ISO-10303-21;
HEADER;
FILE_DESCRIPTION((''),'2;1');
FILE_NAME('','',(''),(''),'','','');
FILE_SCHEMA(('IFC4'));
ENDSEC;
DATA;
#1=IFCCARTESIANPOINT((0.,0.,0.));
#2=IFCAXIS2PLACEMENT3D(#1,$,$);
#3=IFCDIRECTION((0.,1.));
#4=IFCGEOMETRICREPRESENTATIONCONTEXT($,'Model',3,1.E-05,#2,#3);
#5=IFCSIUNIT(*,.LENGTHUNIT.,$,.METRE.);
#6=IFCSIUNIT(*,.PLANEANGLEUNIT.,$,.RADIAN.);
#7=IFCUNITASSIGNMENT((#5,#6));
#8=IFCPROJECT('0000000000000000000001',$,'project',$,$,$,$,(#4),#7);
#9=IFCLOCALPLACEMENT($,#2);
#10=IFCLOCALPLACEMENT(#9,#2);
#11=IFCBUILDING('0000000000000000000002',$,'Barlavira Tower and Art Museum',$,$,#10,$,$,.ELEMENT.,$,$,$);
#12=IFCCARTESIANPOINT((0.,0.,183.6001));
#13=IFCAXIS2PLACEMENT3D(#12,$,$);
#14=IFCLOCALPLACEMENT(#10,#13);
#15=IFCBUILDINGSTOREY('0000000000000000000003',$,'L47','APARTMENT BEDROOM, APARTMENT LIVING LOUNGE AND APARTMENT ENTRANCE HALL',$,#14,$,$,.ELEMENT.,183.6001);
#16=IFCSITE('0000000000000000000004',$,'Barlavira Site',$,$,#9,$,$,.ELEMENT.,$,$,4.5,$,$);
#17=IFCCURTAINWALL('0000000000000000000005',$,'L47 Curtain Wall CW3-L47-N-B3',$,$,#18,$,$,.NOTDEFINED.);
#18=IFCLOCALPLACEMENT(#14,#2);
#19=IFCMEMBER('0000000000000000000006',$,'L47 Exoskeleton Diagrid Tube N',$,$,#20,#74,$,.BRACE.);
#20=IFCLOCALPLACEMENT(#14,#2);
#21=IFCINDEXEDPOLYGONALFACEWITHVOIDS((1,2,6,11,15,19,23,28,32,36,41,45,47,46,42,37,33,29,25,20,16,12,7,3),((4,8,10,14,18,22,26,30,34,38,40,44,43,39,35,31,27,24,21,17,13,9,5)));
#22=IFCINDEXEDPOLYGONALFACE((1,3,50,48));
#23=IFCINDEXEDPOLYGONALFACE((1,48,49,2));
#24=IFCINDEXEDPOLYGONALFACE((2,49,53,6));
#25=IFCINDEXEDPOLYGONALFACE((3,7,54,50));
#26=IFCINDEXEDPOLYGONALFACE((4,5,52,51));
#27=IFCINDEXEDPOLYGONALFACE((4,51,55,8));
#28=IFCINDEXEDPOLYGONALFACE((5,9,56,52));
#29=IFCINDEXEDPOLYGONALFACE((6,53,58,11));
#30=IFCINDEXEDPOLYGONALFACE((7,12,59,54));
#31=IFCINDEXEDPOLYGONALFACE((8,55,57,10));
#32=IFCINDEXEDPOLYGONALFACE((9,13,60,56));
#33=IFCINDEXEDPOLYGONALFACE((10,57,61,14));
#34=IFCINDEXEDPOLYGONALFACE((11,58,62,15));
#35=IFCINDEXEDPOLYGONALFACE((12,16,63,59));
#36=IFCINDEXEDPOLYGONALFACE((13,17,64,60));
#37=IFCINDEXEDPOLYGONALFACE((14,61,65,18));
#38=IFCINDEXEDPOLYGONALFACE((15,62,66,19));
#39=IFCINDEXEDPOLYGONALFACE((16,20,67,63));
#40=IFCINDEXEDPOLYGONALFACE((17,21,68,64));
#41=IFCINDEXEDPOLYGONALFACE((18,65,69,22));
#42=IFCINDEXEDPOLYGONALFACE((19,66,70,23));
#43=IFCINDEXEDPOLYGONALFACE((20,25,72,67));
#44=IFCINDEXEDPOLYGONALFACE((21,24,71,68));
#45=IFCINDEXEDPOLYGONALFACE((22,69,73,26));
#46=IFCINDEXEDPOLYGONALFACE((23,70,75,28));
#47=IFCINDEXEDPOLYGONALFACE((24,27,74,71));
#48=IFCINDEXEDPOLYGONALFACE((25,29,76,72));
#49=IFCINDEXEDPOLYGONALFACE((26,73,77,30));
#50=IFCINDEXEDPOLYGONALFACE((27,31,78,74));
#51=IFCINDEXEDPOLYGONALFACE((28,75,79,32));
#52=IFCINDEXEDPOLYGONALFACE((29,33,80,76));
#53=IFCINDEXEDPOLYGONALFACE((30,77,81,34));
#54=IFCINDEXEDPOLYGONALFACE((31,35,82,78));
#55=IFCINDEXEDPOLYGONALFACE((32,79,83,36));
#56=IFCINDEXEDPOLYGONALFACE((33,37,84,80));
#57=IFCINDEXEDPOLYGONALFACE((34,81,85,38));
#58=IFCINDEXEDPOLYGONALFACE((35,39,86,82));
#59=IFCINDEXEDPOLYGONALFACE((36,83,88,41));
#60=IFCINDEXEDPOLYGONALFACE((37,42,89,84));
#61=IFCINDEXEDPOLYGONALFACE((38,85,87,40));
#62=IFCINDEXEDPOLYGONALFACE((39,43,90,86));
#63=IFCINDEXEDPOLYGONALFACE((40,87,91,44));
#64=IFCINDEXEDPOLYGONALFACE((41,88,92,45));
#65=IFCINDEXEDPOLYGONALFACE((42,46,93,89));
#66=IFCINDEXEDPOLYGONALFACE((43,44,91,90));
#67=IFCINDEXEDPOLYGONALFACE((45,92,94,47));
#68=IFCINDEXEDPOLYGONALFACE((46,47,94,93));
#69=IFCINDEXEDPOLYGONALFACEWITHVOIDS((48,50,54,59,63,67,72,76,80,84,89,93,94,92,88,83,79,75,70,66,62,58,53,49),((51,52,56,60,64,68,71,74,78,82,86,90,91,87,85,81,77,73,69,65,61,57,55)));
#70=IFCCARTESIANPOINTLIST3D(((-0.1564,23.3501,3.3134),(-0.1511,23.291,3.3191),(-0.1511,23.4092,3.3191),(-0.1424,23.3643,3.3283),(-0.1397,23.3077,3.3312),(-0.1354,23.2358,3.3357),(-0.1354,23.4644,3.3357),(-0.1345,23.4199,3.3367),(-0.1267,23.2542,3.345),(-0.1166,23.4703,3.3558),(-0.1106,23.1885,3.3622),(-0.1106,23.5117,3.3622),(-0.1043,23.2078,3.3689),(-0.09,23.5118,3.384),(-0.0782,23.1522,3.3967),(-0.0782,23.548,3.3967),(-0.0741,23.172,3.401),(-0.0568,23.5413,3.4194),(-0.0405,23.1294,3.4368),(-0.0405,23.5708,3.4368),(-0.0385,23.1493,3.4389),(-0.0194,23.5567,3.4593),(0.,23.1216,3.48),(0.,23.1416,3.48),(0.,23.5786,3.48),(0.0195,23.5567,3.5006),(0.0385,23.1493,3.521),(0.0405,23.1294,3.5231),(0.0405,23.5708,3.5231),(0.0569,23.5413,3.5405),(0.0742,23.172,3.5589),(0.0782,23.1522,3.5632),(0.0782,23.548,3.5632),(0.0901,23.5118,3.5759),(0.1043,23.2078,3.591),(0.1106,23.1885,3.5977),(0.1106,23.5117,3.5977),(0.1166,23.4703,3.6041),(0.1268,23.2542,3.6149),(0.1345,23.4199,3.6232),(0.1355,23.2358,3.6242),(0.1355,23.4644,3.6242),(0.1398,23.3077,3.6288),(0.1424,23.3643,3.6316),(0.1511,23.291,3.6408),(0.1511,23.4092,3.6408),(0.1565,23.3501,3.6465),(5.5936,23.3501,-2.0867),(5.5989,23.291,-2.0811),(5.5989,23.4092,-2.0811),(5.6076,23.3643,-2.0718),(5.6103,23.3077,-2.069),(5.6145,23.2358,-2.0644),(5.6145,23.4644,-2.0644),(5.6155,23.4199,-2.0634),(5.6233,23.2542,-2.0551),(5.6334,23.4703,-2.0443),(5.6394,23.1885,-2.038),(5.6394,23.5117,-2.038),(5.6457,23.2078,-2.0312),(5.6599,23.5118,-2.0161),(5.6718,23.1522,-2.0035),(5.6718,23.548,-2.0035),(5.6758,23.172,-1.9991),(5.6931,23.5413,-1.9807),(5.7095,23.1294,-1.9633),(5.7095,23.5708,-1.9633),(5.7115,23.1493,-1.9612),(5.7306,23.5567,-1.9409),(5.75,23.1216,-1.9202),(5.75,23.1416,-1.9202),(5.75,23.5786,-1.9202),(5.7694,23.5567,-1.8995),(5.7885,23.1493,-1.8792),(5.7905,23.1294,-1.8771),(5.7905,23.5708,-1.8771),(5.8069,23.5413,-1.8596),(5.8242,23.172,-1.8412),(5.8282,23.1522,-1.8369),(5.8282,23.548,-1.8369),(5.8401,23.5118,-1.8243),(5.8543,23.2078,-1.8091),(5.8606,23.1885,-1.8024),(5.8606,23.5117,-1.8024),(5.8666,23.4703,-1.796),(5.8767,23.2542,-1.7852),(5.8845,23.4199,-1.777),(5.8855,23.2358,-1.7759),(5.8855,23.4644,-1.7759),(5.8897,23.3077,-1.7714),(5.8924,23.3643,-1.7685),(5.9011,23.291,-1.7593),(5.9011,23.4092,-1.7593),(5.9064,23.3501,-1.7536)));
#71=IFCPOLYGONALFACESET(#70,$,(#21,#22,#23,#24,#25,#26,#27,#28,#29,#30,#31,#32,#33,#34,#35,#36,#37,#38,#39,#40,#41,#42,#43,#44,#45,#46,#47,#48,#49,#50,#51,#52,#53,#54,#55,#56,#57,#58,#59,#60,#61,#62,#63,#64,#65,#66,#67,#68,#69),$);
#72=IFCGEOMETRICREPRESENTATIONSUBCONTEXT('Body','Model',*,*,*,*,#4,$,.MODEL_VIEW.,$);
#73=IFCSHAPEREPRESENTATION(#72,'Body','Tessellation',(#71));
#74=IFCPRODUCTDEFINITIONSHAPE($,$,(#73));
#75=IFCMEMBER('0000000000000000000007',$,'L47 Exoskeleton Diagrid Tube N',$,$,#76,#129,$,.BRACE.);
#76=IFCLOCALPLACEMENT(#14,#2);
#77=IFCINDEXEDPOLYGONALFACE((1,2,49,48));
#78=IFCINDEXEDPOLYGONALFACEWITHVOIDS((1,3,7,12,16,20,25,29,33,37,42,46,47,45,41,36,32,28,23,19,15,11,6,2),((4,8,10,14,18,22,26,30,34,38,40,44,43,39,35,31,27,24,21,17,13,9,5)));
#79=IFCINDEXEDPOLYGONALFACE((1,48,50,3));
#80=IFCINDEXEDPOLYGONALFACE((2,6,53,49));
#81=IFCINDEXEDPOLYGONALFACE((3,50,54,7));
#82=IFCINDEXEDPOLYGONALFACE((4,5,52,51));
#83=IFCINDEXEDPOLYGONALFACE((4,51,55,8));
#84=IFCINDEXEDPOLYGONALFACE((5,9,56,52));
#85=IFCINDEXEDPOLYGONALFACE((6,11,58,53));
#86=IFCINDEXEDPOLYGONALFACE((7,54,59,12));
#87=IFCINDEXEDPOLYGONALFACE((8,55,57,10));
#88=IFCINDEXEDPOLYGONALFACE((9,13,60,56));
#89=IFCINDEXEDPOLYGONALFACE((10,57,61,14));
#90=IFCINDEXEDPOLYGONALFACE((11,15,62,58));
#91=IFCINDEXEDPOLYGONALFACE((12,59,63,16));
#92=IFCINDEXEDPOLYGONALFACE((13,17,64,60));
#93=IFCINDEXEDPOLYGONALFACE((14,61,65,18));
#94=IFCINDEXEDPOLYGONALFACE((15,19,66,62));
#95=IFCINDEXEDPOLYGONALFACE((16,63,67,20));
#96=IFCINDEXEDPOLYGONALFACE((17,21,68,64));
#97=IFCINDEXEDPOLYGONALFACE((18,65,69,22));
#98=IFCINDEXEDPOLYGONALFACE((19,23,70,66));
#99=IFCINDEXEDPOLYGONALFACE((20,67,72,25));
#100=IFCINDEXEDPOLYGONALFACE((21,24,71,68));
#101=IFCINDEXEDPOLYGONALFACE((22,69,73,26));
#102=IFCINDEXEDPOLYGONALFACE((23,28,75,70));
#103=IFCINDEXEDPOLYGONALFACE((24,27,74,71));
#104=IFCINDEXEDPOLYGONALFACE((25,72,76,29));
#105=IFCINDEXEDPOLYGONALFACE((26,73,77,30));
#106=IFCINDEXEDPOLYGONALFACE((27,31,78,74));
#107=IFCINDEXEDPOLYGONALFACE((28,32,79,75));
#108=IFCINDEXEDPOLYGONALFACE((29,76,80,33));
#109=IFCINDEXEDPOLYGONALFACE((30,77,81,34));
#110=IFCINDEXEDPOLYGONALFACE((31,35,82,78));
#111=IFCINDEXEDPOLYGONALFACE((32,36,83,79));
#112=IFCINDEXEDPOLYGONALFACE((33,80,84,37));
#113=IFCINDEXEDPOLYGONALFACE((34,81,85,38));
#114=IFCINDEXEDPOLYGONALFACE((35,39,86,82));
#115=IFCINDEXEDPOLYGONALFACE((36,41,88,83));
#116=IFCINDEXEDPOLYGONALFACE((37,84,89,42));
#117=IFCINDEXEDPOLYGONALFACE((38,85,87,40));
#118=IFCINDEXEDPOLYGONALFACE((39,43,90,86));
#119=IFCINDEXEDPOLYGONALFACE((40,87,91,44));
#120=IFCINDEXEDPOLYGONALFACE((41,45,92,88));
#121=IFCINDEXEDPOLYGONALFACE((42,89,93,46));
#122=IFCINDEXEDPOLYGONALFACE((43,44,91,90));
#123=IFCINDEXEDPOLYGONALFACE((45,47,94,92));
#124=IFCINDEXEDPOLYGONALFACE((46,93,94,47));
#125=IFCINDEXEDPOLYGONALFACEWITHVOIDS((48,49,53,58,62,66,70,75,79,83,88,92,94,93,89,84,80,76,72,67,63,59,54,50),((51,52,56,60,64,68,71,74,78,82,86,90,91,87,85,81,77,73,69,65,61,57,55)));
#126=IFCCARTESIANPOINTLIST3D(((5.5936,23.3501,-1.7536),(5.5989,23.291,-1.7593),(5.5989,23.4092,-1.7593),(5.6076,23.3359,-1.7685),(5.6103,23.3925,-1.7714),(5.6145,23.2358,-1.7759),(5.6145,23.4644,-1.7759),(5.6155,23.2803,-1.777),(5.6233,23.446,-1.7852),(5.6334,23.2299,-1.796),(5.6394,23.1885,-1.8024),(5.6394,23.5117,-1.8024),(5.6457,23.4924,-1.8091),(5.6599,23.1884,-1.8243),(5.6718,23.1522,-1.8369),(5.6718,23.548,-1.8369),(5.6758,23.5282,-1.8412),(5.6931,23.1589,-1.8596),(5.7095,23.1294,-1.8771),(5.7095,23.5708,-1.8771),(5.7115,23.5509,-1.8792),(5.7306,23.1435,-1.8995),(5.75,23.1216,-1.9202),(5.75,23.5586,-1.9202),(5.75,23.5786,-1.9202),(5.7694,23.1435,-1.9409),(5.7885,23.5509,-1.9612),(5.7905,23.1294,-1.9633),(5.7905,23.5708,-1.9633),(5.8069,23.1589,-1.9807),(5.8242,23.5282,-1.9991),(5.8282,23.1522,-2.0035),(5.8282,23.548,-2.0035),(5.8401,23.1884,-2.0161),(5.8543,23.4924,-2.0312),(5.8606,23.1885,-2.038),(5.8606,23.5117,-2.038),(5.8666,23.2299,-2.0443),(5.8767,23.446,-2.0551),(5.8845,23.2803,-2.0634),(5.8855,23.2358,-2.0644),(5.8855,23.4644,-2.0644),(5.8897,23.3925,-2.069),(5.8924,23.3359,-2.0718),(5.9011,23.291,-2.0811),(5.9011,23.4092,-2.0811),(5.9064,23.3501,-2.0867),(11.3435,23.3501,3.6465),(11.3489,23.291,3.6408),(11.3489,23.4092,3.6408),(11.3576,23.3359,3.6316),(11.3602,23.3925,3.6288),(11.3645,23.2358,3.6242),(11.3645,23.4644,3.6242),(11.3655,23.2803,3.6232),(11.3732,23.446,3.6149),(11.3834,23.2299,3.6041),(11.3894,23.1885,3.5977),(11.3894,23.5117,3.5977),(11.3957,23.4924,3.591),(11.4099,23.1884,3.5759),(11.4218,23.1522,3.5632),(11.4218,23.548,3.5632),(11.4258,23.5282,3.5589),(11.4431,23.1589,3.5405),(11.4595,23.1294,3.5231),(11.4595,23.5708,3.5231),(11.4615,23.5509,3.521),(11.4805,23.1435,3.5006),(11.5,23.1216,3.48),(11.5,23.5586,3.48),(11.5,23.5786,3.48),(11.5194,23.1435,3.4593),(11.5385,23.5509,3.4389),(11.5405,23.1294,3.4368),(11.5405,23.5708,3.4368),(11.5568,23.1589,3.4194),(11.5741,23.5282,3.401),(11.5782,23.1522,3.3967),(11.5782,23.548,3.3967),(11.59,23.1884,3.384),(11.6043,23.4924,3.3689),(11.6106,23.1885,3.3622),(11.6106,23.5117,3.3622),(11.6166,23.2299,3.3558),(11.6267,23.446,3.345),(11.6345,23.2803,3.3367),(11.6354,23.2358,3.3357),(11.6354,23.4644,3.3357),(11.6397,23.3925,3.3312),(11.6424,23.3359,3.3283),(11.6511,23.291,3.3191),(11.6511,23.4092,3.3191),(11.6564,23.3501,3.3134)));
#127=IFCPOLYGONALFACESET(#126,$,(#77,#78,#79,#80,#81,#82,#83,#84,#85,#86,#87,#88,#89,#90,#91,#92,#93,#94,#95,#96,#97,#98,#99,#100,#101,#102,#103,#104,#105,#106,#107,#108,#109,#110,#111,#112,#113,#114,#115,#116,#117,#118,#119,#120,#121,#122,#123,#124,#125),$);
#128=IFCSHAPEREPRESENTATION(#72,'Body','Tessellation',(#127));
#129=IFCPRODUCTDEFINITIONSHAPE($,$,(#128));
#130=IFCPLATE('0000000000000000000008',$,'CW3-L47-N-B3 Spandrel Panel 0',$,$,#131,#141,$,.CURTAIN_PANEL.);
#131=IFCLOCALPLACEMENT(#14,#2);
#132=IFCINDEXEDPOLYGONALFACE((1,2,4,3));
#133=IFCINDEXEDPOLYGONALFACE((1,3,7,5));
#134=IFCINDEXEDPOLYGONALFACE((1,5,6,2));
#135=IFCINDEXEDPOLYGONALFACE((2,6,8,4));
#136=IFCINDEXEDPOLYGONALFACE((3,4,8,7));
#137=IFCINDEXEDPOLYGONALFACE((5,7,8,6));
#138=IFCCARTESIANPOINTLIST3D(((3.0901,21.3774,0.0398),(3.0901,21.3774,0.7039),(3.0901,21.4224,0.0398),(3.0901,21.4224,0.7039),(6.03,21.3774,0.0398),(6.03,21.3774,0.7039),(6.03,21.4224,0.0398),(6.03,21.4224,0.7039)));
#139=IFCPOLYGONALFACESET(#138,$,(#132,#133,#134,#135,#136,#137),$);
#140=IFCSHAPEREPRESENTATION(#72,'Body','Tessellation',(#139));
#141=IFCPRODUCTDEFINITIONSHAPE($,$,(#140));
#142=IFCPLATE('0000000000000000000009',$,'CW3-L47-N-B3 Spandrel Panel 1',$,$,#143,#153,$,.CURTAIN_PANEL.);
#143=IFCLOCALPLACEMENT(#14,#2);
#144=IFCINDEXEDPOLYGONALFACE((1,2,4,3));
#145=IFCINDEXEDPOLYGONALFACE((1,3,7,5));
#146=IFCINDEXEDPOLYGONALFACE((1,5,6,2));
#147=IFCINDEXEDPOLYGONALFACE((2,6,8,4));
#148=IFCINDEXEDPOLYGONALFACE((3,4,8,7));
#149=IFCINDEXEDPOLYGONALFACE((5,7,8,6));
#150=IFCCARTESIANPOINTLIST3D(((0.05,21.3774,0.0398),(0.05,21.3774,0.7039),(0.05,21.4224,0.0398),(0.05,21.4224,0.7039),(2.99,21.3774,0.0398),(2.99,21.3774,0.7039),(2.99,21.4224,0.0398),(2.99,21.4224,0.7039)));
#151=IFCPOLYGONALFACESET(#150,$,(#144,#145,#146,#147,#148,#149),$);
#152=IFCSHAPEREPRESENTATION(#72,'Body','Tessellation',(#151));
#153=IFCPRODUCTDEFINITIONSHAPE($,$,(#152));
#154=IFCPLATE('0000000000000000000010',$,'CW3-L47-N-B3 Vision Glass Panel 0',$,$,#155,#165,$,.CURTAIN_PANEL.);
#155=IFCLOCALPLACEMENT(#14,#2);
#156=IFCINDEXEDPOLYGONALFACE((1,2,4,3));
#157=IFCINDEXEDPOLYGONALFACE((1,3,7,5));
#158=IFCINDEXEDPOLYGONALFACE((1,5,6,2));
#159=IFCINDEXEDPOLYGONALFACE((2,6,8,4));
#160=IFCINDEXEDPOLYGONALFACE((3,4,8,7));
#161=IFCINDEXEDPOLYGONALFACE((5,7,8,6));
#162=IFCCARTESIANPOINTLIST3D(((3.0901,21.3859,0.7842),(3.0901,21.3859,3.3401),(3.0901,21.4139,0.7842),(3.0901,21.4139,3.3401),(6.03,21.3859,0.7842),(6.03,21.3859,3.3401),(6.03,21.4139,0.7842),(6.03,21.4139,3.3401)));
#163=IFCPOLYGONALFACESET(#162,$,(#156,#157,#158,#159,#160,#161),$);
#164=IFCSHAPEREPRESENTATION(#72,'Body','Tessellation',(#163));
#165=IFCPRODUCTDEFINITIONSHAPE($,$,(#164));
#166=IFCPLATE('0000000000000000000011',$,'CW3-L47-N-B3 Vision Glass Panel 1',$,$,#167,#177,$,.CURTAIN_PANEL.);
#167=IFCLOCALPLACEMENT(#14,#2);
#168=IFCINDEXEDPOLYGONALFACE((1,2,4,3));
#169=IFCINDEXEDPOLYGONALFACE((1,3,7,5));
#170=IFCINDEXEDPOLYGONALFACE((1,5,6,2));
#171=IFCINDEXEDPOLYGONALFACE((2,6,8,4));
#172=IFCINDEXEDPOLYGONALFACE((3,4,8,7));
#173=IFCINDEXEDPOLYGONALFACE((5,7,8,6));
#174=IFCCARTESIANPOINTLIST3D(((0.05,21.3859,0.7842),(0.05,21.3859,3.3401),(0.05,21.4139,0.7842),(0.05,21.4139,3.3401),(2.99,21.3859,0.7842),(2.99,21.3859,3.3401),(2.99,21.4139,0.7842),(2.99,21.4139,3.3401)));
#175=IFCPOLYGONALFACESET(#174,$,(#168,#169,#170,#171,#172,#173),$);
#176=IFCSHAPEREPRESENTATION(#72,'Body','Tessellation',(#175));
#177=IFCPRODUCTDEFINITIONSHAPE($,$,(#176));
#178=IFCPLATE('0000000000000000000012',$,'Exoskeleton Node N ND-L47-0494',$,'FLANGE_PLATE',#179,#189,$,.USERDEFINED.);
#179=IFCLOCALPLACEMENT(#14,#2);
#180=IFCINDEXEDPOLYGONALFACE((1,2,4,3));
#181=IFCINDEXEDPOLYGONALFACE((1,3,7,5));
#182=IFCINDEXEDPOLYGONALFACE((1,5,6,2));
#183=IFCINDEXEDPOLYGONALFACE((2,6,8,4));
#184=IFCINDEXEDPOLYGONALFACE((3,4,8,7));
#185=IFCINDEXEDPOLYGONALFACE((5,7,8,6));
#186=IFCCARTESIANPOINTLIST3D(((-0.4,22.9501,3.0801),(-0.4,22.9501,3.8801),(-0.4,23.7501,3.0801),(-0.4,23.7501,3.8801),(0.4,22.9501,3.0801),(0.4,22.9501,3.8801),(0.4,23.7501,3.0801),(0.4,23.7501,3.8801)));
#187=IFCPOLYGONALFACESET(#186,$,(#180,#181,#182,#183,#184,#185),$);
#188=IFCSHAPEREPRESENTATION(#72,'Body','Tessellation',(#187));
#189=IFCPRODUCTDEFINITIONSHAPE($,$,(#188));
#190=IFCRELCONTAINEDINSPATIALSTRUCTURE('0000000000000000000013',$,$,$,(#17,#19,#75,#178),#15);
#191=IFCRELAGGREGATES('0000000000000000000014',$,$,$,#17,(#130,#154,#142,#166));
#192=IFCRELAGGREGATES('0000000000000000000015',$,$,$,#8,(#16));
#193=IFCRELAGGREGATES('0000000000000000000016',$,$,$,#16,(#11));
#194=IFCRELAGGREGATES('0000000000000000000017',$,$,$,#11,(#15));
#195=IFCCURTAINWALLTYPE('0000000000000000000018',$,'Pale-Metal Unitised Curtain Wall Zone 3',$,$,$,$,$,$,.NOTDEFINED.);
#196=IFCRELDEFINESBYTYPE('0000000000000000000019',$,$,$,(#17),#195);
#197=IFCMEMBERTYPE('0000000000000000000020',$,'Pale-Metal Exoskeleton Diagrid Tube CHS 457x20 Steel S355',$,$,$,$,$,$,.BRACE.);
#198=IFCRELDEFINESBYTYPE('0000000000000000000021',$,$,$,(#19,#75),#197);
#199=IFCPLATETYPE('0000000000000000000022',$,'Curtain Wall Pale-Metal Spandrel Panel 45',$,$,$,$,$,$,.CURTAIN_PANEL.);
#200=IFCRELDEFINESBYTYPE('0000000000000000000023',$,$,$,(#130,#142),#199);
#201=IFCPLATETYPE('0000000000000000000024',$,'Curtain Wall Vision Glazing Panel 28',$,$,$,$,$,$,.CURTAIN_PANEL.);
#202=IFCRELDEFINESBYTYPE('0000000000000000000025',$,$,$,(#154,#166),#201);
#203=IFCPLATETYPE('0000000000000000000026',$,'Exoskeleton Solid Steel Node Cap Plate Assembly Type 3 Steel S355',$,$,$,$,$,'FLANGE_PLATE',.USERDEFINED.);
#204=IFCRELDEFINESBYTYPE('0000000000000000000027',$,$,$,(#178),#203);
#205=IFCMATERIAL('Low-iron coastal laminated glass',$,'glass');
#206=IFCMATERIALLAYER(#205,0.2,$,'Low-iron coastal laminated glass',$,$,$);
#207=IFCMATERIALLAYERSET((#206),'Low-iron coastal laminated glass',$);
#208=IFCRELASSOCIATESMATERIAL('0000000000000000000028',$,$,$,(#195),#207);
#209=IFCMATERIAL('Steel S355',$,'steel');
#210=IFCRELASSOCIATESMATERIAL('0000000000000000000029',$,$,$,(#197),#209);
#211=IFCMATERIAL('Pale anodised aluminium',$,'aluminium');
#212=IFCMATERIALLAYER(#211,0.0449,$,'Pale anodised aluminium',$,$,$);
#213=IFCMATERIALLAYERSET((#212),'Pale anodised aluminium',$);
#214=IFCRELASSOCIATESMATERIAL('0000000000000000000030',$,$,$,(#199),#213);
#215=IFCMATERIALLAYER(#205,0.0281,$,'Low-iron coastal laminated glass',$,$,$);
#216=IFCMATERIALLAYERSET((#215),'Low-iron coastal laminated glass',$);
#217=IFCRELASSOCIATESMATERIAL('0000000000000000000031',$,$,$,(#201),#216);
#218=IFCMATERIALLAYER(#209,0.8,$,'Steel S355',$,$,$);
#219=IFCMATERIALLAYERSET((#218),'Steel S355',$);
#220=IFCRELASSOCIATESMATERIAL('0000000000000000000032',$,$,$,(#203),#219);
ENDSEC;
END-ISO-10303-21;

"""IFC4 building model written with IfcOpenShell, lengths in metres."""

from ifc_helpers import new_model, si_unit, direction, frame, origin, origin_2d, place, context, subcontext, project, spatial, rectangle, hollow_circle, extrude, material, layer, layer_set, material_profile, profile_set, type_object, element, aggregate, save


model = new_model("IFC4")

# Units and contexts
model_context = context("Model", 3, precision=1e-05, world=origin(), true_north=direction((0.0, 1.0)))
body_context = subcontext(model_context, "Body", "Model", "MODEL_VIEW")
ifc_project = project(units=[si_unit("LENGTHUNIT", "METRE"), si_unit("PLANEANGLEUNIT", "RADIAN")], contexts=[model_context])

# Site, building, storey
site_placement = place(None, origin())
site = spatial("IfcSite", under=ifc_project, at=site_placement, Name="Barlavira Site", CompositionType="ELEMENT", RefElevation=4.5)
building_placement = place(site_placement, origin())
building = spatial("IfcBuilding", under=site, at=building_placement, Name="Barlavira Tower and Art Museum", CompositionType="ELEMENT")
storey_placement = place(building_placement, frame((0.0, 0.0, 183.6001)))
storey = spatial("IfcBuildingStorey", under=building, at=storey_placement, Name="L47", Description="APARTMENT BEDROOM, APARTMENT LIVING LOUNGE AND APARTMENT ENTRANCE HALL", CompositionType="ELEMENT", Elevation=183.6001)

# Curtain wall
ifc_material_1 = material(Name="Low-iron coastal laminated glass", Category="glass")
ifc_layer_1 = layer(ifc_material_1, 0.2, Name="Low-iron coastal laminated glass")
ifc_layer_set_1 = layer_set([ifc_layer_1], Name="Low-iron coastal laminated glass")
curtain_wall_type = type_object("IfcCurtainWallType", Name="Pale-Metal Unitised Curtain Wall Zone 3", PredefinedType="NOTDEFINED", material=ifc_layer_set_1)
curtain_wall_placement = place(storey_placement, origin())
curtain_wall = element("IfcCurtainWall", 1, at=curtain_wall_placement, inside=storey, type_object=curtain_wall_type, Name="L47 Curtain Wall CW3-L47-N-B3", PredefinedType="NOTDEFINED")
ifc_material_2 = material(Name="Pale anodised aluminium", Category="aluminium")

# Members
ifc_material_3 = material(Name="Steel S355", Category="steel")
ifc_material_profile_1 = material_profile(ifc_material_3, hollow_circle(Radius=0.2285, WallThickness=0.02, at=origin_2d()), Name="CHS 457.0x20.0")
ifc_profile_set_1 = profile_set([ifc_material_profile_1], Name="Steel S355")
member_type_1 = type_object("IfcMemberType", Name="Pale-Metal Exoskeleton Diagrid Tube CHS 457x20 Steel S355", PredefinedType="BRACE", material=ifc_profile_set_1)
for number, where, z_axis, x_axis, name in (
    (2, (5.75, 23.3501, -1.9202), (-0.728935, 0.0, 0.684583), (0.0, -1.0, 0.0), "L47 Exoskeleton Diagrid Tube N"),
    (3, (5.75, 23.3501, -1.9202), (0.728935, 0.0, 0.684583), (0.0, 1.0, 0.0), "L47 Exoskeleton Diagrid Tube N"),
):
    element("IfcMember", number, at=place(storey_placement, frame(where, z_axis=z_axis, x_axis=x_axis)), inside=storey, type_object=member_type_1, Name=name, PredefinedType="BRACE", context=body_context, shape_type="SweptSolid", body=[
        extrude(hollow_circle(Radius=0.2285, WallThickness=0.02, at=origin_2d()), origin(), (0.0, 0.0, 1.0), 7.8882),
    ])

# Plates
ifc_layer_2 = layer(ifc_material_2, 0.0449, Name="Pale anodised aluminium")
ifc_layer_set_2 = layer_set([ifc_layer_2], Name="Pale anodised aluminium")
plate_type_1 = type_object("IfcPlateType", Name="Curtain Wall Pale-Metal Spandrel Panel 45", PredefinedType="CURTAIN_PANEL", material=ifc_layer_set_2)
plate_1_placement = place(storey_placement, frame((4.5601, 21.3999, 0.0398), z_axis=(0.0, 0.0, 1.0), x_axis=(-1.0, 0.0, 0.0)))
plate_1 = element("IfcPlate", 4, at=plate_1_placement, type_object=plate_type_1, Name="CW3-L47-N-B3 Spandrel Panel 0", PredefinedType="CURTAIN_PANEL", context=body_context, shape_type="SweptSolid", body=[
    extrude(rectangle(XDim=2.9399, YDim=0.0449, at=origin_2d()), origin(), (0.0, 0.0, 1.0), 0.6641),
])
plate_2_placement = place(storey_placement, frame((1.52, 21.3999, 0.0398), z_axis=(0.0, 0.0, 1.0), x_axis=(-1.0, 0.0, 0.0)))
plate_2 = element("IfcPlate", 5, at=plate_2_placement, type_object=plate_type_1, Name="CW3-L47-N-B3 Spandrel Panel 1", PredefinedType="CURTAIN_PANEL", context=body_context, shape_type="SweptSolid", body=[
    extrude(rectangle(XDim=2.9399, YDim=0.0449, at=origin_2d()), origin(), (0.0, 0.0, 1.0), 0.6641),
])
ifc_layer_3 = layer(ifc_material_1, 0.0281, Name="Low-iron coastal laminated glass")
ifc_layer_set_3 = layer_set([ifc_layer_3], Name="Low-iron coastal laminated glass")
plate_type_2 = type_object("IfcPlateType", Name="Curtain Wall Vision Glazing Panel 28", PredefinedType="CURTAIN_PANEL", material=ifc_layer_set_3)
plate_3_placement = place(storey_placement, frame((4.5601, 21.3999, 0.7842), z_axis=(0.0, 0.0, 1.0), x_axis=(-1.0, 0.0, 0.0)))
plate_3 = element("IfcPlate", 6, at=plate_3_placement, type_object=plate_type_2, Name="CW3-L47-N-B3 Vision Glass Panel 0", PredefinedType="CURTAIN_PANEL", context=body_context, shape_type="SweptSolid", body=[
    extrude(rectangle(XDim=2.9399, YDim=0.0281, at=origin_2d()), origin(), (0.0, 0.0, 1.0), 2.5559),
])
plate_4_placement = place(storey_placement, frame((1.52, 21.3999, 0.7842), z_axis=(0.0, 0.0, 1.0), x_axis=(-1.0, 0.0, 0.0)))
plate_4 = element("IfcPlate", 7, at=plate_4_placement, type_object=plate_type_2, Name="CW3-L47-N-B3 Vision Glass Panel 1", PredefinedType="CURTAIN_PANEL", context=body_context, shape_type="SweptSolid", body=[
    extrude(rectangle(XDim=2.9399, YDim=0.0281, at=origin_2d()), origin(), (0.0, 0.0, 1.0), 2.5559),
])
aggregate(curtain_wall, [plate_1, plate_3, plate_2, plate_4])
ifc_layer_4 = layer(ifc_material_3, 0.8, Name="Steel S355")
ifc_layer_set_4 = layer_set([ifc_layer_4], Name="Steel S355")
plate_type_3 = type_object("IfcPlateType", Name="Exoskeleton Solid Steel Node Cap Plate Assembly Type 3 Steel S355", ElementType="FLANGE_PLATE", PredefinedType="USERDEFINED", material=ifc_layer_set_4)
plate_5_placement = place(storey_placement, frame((0.0, 23.3501, 3.0801), z_axis=(0.0, 0.0, 1.0), x_axis=(1.0, 0.0, 0.0)))
element("IfcPlate", 8, at=plate_5_placement, inside=storey, type_object=plate_type_3, Name="Exoskeleton Node N ND-L47-0494", ObjectType="FLANGE_PLATE", PredefinedType="USERDEFINED", context=body_context, shape_type="SweptSolid", body=[
    extrude(rectangle(XDim=0.8, YDim=0.8, at=origin_2d()), origin(), (0.0, 0.0, 1.0), 0.8),
])

save(model, "model.ifc")
